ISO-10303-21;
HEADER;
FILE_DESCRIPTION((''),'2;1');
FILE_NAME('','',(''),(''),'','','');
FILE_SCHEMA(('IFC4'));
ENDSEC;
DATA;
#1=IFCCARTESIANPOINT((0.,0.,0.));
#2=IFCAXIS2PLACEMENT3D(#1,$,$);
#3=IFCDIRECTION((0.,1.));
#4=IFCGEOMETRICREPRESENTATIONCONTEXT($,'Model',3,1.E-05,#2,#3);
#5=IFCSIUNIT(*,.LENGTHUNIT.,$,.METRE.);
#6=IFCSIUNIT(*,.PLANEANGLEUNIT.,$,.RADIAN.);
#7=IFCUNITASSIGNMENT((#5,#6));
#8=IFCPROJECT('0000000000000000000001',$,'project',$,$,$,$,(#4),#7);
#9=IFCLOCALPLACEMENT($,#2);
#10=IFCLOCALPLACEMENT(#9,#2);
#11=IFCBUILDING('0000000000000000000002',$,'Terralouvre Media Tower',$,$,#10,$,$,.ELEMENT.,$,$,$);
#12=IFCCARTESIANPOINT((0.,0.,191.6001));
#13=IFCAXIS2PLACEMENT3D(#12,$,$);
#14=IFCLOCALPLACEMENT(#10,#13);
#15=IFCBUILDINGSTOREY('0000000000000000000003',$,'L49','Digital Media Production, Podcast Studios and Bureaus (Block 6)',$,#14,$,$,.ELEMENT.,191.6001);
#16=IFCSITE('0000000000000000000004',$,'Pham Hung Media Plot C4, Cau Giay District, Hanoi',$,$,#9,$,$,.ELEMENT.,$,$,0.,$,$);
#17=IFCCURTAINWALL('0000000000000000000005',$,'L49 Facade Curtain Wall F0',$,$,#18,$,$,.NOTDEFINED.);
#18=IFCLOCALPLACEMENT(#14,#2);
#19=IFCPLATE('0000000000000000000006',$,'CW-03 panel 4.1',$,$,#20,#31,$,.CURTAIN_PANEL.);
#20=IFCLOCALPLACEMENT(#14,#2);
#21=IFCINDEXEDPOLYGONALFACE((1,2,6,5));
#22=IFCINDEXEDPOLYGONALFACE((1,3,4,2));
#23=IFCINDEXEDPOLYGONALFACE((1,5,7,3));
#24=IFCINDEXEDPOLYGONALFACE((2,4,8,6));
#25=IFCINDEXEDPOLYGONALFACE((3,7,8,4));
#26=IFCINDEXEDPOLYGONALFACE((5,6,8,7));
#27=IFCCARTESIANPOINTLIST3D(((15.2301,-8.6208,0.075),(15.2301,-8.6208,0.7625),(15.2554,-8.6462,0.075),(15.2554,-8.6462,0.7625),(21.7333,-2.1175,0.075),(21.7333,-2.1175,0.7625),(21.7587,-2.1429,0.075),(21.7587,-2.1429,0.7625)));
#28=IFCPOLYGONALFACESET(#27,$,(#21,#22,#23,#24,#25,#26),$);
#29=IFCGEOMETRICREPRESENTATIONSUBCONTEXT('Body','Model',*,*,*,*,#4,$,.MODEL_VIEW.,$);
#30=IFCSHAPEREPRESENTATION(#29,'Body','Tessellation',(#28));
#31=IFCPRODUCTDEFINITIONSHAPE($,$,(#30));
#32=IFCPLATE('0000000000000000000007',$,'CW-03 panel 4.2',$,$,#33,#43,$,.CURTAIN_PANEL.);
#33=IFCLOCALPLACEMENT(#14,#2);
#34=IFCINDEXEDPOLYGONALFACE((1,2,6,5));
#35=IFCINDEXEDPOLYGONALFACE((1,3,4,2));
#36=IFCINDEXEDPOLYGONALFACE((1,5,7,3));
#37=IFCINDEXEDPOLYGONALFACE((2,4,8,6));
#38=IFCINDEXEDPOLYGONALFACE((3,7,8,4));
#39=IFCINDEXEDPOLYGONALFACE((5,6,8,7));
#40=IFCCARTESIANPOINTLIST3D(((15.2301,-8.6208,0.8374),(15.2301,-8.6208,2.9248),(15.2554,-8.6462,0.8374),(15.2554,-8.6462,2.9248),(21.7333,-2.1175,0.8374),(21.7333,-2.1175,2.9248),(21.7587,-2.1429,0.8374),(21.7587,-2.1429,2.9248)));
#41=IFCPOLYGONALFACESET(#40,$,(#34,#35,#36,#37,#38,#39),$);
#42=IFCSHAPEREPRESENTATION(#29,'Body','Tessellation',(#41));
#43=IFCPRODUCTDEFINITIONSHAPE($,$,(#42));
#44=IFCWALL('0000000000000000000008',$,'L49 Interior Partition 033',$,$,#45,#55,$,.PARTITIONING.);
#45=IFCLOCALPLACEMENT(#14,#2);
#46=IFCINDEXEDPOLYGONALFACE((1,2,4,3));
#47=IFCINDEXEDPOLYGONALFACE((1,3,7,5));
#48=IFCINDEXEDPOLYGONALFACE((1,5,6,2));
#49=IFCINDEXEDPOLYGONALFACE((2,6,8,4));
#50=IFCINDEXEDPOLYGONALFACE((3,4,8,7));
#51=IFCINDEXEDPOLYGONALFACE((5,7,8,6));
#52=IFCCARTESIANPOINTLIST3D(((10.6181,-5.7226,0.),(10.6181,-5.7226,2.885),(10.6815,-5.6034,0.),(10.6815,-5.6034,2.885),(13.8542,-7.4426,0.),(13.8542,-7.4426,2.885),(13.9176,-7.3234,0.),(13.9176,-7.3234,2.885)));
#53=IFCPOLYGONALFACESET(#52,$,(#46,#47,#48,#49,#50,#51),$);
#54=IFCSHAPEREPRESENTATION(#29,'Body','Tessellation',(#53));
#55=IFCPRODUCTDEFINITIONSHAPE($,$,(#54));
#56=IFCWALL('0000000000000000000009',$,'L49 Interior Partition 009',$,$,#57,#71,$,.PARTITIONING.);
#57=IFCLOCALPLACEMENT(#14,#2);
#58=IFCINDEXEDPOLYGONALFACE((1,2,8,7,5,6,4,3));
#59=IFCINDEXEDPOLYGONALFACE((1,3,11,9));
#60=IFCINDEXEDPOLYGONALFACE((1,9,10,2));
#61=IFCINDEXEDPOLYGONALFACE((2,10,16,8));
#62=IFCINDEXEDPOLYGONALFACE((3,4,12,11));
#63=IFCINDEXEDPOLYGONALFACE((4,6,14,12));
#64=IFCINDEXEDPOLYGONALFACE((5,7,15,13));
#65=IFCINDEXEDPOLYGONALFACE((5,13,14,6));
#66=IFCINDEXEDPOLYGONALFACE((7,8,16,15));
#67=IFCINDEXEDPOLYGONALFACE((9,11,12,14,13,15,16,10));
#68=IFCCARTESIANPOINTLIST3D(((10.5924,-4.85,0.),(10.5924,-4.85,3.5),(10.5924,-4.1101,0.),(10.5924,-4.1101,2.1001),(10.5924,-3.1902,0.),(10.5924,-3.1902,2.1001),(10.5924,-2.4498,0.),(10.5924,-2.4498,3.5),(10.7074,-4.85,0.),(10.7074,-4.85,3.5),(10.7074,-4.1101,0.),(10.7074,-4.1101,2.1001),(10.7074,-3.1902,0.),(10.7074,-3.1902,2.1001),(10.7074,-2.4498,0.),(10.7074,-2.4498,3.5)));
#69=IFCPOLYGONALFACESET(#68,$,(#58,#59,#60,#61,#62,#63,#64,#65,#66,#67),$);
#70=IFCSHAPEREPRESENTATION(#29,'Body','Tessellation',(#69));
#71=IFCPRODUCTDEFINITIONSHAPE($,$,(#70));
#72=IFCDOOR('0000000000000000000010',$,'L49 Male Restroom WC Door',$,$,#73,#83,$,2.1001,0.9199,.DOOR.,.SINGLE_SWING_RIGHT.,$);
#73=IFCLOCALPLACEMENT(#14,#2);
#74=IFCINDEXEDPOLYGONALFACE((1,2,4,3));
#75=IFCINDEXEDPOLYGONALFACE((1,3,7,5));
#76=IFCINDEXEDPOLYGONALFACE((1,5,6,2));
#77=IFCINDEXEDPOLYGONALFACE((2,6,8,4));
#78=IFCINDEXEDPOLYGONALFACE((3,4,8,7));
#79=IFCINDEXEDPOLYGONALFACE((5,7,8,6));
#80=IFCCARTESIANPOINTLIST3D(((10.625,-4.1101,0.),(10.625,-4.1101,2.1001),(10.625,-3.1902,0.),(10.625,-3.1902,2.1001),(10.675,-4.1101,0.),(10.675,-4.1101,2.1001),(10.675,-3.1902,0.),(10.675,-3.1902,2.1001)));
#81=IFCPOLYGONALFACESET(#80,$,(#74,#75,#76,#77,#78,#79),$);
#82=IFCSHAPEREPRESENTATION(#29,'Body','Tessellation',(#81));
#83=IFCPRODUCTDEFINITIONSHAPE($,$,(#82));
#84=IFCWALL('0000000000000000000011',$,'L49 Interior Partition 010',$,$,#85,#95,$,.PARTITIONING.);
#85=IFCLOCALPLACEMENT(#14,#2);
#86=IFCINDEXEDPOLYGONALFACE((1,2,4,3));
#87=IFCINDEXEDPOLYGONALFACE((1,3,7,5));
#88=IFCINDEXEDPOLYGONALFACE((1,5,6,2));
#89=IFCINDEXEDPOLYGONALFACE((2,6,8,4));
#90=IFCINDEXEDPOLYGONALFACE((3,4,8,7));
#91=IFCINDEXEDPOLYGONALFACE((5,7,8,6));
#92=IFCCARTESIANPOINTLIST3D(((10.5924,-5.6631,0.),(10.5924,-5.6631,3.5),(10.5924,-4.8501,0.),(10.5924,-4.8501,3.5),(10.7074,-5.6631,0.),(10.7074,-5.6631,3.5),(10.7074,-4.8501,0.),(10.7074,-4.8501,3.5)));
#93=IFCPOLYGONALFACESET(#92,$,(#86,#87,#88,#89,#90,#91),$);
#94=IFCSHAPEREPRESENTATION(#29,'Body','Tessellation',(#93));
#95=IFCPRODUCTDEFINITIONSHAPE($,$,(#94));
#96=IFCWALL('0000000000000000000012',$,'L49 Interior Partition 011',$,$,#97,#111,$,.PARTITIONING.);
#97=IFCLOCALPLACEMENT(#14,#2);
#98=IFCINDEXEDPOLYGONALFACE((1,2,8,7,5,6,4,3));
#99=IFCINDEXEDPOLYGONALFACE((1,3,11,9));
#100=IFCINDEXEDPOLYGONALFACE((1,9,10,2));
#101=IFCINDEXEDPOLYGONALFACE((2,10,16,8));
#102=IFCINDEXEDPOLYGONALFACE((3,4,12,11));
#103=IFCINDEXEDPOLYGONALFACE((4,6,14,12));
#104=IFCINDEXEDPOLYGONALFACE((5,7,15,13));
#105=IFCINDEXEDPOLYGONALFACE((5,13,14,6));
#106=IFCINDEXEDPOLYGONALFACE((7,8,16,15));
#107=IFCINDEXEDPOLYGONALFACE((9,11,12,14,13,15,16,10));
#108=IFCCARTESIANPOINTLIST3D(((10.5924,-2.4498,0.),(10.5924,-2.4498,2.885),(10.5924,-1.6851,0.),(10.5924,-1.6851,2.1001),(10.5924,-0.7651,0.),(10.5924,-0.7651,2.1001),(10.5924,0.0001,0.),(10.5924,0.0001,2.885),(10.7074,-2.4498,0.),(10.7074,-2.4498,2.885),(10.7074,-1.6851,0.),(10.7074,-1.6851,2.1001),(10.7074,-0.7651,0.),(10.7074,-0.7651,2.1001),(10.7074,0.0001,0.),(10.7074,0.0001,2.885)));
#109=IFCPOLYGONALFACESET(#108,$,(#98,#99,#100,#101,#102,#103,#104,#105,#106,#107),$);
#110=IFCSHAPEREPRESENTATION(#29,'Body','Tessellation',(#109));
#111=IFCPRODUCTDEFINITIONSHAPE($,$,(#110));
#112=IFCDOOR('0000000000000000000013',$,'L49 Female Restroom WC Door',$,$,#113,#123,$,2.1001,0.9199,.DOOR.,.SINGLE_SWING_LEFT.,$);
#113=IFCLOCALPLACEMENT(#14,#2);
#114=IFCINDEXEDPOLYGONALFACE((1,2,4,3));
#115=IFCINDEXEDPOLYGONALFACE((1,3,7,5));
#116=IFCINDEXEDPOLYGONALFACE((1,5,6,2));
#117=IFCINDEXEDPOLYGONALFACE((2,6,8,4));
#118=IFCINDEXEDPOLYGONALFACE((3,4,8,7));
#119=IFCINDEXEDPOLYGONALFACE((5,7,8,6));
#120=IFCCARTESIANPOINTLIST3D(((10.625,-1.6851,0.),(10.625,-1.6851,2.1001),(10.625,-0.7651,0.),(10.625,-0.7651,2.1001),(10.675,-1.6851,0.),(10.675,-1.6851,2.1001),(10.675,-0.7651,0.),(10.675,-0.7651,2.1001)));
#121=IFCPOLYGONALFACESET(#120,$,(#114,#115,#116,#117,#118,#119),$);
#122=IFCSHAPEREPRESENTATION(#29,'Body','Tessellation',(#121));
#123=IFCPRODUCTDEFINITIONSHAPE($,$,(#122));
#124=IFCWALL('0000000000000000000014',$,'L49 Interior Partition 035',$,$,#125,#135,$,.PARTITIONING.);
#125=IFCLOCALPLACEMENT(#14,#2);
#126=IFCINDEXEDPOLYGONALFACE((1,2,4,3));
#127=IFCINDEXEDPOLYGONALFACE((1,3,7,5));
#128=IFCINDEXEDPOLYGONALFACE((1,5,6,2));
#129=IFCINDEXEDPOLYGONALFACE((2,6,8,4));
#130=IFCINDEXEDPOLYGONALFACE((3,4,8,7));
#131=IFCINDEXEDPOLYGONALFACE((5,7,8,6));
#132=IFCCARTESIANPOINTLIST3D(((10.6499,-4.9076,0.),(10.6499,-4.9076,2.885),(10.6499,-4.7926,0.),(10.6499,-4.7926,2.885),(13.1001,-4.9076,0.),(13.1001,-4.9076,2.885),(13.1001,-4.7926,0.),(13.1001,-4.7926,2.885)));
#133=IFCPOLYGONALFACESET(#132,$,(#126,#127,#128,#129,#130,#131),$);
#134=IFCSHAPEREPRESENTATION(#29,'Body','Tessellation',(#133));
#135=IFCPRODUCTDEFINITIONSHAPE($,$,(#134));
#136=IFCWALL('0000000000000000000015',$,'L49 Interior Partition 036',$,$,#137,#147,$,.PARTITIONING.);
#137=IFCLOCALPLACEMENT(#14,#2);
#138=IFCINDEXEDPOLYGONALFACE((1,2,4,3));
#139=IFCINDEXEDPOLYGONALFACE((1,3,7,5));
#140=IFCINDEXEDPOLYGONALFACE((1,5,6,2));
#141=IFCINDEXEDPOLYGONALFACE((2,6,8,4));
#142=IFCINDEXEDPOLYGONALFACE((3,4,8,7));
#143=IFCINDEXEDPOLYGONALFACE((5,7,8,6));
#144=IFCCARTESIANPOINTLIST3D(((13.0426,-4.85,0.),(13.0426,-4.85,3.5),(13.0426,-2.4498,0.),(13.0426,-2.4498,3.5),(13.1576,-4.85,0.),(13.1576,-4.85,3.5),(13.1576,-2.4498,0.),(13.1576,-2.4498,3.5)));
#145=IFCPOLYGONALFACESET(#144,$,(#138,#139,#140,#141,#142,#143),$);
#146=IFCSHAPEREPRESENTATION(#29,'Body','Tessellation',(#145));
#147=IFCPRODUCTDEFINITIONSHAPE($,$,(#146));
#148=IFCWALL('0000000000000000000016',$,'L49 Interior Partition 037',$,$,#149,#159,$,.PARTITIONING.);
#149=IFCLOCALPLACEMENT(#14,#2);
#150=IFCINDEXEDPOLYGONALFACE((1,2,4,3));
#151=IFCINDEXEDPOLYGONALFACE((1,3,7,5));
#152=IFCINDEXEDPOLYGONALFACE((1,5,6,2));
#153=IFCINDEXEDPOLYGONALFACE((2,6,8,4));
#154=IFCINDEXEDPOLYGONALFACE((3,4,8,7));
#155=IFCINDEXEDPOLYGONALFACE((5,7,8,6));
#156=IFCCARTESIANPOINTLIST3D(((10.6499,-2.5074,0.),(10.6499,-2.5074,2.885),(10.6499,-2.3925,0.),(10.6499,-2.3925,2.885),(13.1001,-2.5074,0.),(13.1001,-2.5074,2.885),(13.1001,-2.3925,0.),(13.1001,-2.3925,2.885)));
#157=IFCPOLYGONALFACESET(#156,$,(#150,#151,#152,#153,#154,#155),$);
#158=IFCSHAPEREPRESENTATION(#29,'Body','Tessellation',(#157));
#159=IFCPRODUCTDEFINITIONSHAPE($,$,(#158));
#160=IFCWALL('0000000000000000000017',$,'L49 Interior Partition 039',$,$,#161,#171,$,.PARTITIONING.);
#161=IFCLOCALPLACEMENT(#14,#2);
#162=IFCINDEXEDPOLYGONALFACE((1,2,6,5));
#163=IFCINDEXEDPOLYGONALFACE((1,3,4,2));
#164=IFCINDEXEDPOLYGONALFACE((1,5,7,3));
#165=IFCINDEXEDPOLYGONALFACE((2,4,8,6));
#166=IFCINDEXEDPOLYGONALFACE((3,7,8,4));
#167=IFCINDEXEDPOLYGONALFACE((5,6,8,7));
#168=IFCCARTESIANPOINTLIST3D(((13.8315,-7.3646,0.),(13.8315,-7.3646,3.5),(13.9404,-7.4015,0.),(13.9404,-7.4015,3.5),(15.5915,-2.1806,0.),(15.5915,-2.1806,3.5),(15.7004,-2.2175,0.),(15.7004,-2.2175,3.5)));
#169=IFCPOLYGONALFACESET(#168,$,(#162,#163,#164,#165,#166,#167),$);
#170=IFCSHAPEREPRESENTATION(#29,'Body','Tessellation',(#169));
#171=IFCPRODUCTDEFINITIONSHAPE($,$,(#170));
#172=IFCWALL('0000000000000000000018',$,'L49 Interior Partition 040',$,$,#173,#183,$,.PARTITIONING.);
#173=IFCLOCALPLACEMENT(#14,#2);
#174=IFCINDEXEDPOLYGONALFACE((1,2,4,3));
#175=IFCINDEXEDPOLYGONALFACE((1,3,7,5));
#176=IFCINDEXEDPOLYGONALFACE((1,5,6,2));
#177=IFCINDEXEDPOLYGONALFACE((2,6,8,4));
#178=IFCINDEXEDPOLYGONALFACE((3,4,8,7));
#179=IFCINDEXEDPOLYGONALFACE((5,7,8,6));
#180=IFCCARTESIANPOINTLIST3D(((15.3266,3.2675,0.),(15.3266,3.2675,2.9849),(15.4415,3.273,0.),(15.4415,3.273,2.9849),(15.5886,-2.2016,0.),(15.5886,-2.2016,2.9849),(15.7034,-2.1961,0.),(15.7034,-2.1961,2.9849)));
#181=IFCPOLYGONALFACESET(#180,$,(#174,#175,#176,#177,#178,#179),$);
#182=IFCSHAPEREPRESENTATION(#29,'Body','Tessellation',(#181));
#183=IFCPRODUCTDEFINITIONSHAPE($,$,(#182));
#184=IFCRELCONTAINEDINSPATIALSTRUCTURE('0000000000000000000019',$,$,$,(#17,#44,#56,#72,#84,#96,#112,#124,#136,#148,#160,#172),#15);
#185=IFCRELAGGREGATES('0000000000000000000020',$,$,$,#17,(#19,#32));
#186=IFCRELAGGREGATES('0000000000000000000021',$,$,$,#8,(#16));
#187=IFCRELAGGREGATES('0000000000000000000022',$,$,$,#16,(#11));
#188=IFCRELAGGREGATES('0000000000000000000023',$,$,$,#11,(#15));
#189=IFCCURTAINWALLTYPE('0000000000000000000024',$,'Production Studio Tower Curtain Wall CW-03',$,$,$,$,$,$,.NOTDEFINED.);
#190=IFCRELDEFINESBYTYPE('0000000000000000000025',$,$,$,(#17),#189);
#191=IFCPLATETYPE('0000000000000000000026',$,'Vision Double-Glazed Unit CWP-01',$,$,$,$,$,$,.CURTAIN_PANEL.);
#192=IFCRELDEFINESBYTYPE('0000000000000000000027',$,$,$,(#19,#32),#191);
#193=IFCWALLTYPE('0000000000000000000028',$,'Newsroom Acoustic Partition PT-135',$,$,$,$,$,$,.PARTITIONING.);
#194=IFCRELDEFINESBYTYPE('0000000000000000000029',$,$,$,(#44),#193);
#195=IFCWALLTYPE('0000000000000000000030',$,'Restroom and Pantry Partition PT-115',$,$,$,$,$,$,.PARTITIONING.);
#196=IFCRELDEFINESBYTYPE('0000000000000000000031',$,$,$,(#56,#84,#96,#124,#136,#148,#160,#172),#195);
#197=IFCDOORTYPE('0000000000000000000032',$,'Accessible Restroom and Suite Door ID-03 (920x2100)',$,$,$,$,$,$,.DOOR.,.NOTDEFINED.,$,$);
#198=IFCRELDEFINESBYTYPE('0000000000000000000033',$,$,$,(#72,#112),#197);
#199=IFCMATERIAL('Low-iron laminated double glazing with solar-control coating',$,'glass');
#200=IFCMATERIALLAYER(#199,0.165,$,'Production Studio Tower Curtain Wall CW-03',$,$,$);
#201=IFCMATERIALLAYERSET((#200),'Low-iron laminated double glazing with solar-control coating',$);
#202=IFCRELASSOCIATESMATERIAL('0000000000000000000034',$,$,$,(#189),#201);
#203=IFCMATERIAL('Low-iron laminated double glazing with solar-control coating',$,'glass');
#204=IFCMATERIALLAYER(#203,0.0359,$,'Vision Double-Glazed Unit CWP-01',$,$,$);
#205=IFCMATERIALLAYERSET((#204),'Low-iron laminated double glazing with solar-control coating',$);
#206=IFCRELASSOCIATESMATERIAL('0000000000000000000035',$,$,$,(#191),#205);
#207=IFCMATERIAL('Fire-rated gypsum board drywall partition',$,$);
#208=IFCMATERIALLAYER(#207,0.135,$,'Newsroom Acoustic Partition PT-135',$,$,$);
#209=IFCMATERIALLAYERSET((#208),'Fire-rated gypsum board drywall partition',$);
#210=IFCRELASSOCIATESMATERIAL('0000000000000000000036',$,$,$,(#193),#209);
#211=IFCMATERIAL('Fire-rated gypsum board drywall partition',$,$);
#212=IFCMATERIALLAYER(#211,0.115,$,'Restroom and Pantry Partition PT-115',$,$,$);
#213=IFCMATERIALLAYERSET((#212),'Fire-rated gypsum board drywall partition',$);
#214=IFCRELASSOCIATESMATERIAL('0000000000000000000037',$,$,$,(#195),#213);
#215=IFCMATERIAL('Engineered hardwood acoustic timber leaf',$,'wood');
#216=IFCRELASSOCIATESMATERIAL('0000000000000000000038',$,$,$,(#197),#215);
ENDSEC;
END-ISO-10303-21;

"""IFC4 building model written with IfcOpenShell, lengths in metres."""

from ifc_helpers import new_model, si_unit, direction, frame, frame_2d, origin, origin_2d, place, context, subcontext, project, spatial, rectangle, extrude, material, layer, layer_set, type_object, element, fill, aggregate, save


model = new_model("IFC4")

# Units and contexts
model_context = context("Model", 3, precision=1e-05, world=origin(), true_north=direction((0.0, 1.0)))
body_context = subcontext(model_context, "Body", "Model", "MODEL_VIEW")
ifc_project = project(units=[si_unit("LENGTHUNIT", "METRE"), si_unit("PLANEANGLEUNIT", "RADIAN")], contexts=[model_context])

# Site, building, storey
site_placement = place(None, origin())
site = spatial("IfcSite", under=ifc_project, at=site_placement, Name="Pham Hung Media Plot C4, Cau Giay District, Hanoi", CompositionType="ELEMENT", RefElevation=0.0)
building_placement = place(site_placement, origin())
building = spatial("IfcBuilding", under=site, at=building_placement, Name="Terralouvre Media Tower", CompositionType="ELEMENT")
storey_placement = place(building_placement, frame((0.0, 0.0, 191.6001)))
storey = spatial("IfcBuildingStorey", under=building, at=storey_placement, Name="L49", Description="Digital Media Production, Podcast Studios and Bureaus (Block 6)", CompositionType="ELEMENT", Elevation=191.6001)

# Curtain wall
ifc_material_1 = material(Name="Low-iron laminated double glazing with solar-control coating", Category="glass")
ifc_layer_1 = layer(ifc_material_1, 0.165, Name="Production Studio Tower Curtain Wall CW-03")
ifc_layer_set_1 = layer_set([ifc_layer_1], Name="Low-iron laminated double glazing with solar-control coating")
curtain_wall_type = type_object("IfcCurtainWallType", Name="Production Studio Tower Curtain Wall CW-03", PredefinedType="NOTDEFINED", material=ifc_layer_set_1)
curtain_wall_placement = place(storey_placement, origin())
curtain_wall = element("IfcCurtainWall", 1, at=curtain_wall_placement, inside=storey, type_object=curtain_wall_type, Name="L49 Facade Curtain Wall F0", PredefinedType="NOTDEFINED")

# Plates
ifc_material_2 = material(Name="Low-iron laminated double glazing with solar-control coating", Category="glass")
ifc_layer_2 = layer(ifc_material_2, 0.0359, Name="Vision Double-Glazed Unit CWP-01")
ifc_layer_set_2 = layer_set([ifc_layer_2], Name="Low-iron laminated double glazing with solar-control coating")
plate_type = type_object("IfcPlateType", Name="Vision Double-Glazed Unit CWP-01", PredefinedType="CURTAIN_PANEL", material=ifc_layer_set_2)
plate_1_placement = place(storey_placement, frame((18.4944, -5.3818, 0.075), z_axis=(0.0, 0.0, 1.0), x_axis=(0.707107, 0.707107, 0.0)))
plate_1 = element("IfcPlate", 2, at=plate_1_placement, type_object=plate_type, Name="CW-03 panel 4.1", PredefinedType="CURTAIN_PANEL", context=body_context, shape_type="SweptSolid", body=[
    extrude(rectangle(XDim=9.197, YDim=0.0359, at=origin_2d()), origin(), (0.0, 0.0, 1.0), 0.6875),
])
plate_2_placement = place(storey_placement, frame((18.4944, -5.3818, 0.8374), z_axis=(0.0, 0.0, 1.0), x_axis=(0.707107, 0.707107, 0.0)))
plate_2 = element("IfcPlate", 3, at=plate_2_placement, type_object=plate_type, Name="CW-03 panel 4.2", PredefinedType="CURTAIN_PANEL", context=body_context, shape_type="SweptSolid", body=[
    extrude(rectangle(XDim=9.197, YDim=0.0359, at=origin_2d()), origin(), (0.0, 0.0, 1.0), 2.0874),
])
aggregate(curtain_wall, [plate_1, plate_2])

# Wall
ifc_material_3 = material(Name="Fire-rated gypsum board drywall partition")
ifc_layer_3 = layer(ifc_material_3, 0.135, Name="Newsroom Acoustic Partition PT-135")
ifc_layer_set_3 = layer_set([ifc_layer_3], Name="Fire-rated gypsum board drywall partition")
wall_type_1 = type_object("IfcWallType", Name="Newsroom Acoustic Partition PT-135", PredefinedType="PARTITIONING", material=ifc_layer_set_3)
wall_1_placement = place(storey_placement, frame((13.886, -7.3831, 0.0), z_axis=(0.0, 0.0, 1.0), x_axis=(-0.883025, 0.469326, 0.0)))
element("IfcWall", 4, at=wall_1_placement, inside=storey, type_object=wall_type_1, Name="L49 Interior Partition 033", PredefinedType="PARTITIONING", context=body_context, shape_type="SweptSolid", body=[
    extrude(rectangle(XDim=3.6648, YDim=0.135, at=frame_2d((1.8325, 0.0))), origin(), (0.0, 0.0, 1.0), 2.885),
])

# Wall, opening, door
ifc_material_4 = material(Name="Fire-rated gypsum board drywall partition")
ifc_layer_4 = layer(ifc_material_4, 0.115, Name="Restroom and Pantry Partition PT-115")
ifc_layer_set_4 = layer_set([ifc_layer_4], Name="Fire-rated gypsum board drywall partition")
wall_type_2 = type_object("IfcWallType", Name="Restroom and Pantry Partition PT-115", PredefinedType="PARTITIONING", material=ifc_layer_set_4)
wall_2_placement = place(storey_placement, frame((10.6499, -4.8501, 0.0), z_axis=(0.0, 0.0, 1.0), x_axis=(0.0, 1.0, 0.0)))
wall_2 = element("IfcWall", 5, at=wall_2_placement, inside=storey, type_object=wall_type_2, Name="L49 Interior Partition 009", PredefinedType="PARTITIONING", context=body_context, shape_type="SweptSolid", body=[
    extrude(rectangle(XDim=2.4001, YDim=0.115, at=frame_2d((1.2002, 0.0))), origin(), (0.0, 0.0, 1.0), 3.5),
])
opening_1_placement = place(wall_2_placement, frame((0.74, 0.0, 0.0)))
opening_1 = element("IfcOpeningElement", 6, at=opening_1_placement, cuts=wall_2, PredefinedType="OPENING", context=body_context, shape_type="SweptSolid", body=[
    extrude(rectangle(XDim=0.9199, YDim=2.1001, at=frame_2d((0.46, 1.05))), frame((0.0, 0.0674, 0.0), z_axis=(0.0, -1.0, 0.0), x_axis=(1.0, 0.0, 0.0)), (0.0, 0.0, 1.0), 0.135),
])
ifc_material_5 = material(Name="Engineered hardwood acoustic timber leaf", Category="wood")
door_type = type_object("IfcDoorType", Name="Accessible Restroom and Suite Door ID-03 (920x2100)", OperationType="NOTDEFINED", PredefinedType="DOOR", material=ifc_material_5)
door_1_placement = place(opening_1_placement, origin())
door_1 = element("IfcDoor", 7, at=door_1_placement, inside=storey, type_object=door_type, Name="L49 Male Restroom WC Door", OperationType="SINGLE_SWING_RIGHT", OverallHeight=2.1001, OverallWidth=0.9199, PredefinedType="DOOR", context=body_context, shape_type="SweptSolid", body=[
    extrude(rectangle(XDim=0.9199, YDim=2.1001, at=frame_2d((0.46, 1.05))), frame((0.0, 0.0249, 0.0), z_axis=(0.0, -1.0, 0.0), x_axis=(1.0, 0.0, 0.0)), (0.0, 0.0, 1.0), 0.05),
])
fill(opening_1, door_1)

# Wall
wall_3_placement = place(storey_placement, frame((10.6499, -5.6631, 0.0), z_axis=(0.0, 0.0, 1.0), x_axis=(0.0, 1.0, 0.0)))
element("IfcWall", 8, at=wall_3_placement, inside=storey, type_object=wall_type_2, Name="L49 Interior Partition 010", PredefinedType="PARTITIONING", context=body_context, shape_type="SweptSolid", body=[
    extrude(rectangle(XDim=0.813, YDim=0.115, at=frame_2d((0.4065, 0.0))), origin(), (0.0, 0.0, 1.0), 3.5),
])

# Wall, opening, door
wall_4_placement = place(storey_placement, frame((10.6499, -2.45, 0.0), z_axis=(0.0, 0.0, 1.0), x_axis=(0.0, 1.0, 0.0)))
wall_4 = element("IfcWall", 9, at=wall_4_placement, inside=storey, type_object=wall_type_2, Name="L49 Interior Partition 011", PredefinedType="PARTITIONING", context=body_context, shape_type="SweptSolid", body=[
    extrude(rectangle(XDim=2.45, YDim=0.115, at=frame_2d((1.2251, 0.0))), origin(), (0.0, 0.0, 1.0), 2.885),
])
opening_2_placement = place(wall_4_placement, frame((0.7649, 0.0, 0.0)))
opening_2 = element("IfcOpeningElement", 10, at=opening_2_placement, cuts=wall_4, PredefinedType="OPENING", context=body_context, shape_type="SweptSolid", body=[
    extrude(rectangle(XDim=0.9199, YDim=2.1001, at=frame_2d((0.46, 1.05))), frame((0.0, 0.0674, 0.0), z_axis=(0.0, -1.0, 0.0), x_axis=(1.0, 0.0, 0.0)), (0.0, 0.0, 1.0), 0.135),
])
door_2_placement = place(opening_2_placement, origin())
door_2 = element("IfcDoor", 11, at=door_2_placement, inside=storey, type_object=door_type, Name="L49 Female Restroom WC Door", OperationType="SINGLE_SWING_LEFT", OverallHeight=2.1001, OverallWidth=0.9199, PredefinedType="DOOR", context=body_context, shape_type="SweptSolid", body=[
    extrude(rectangle(XDim=0.9199, YDim=2.1001, at=frame_2d((0.46, 1.05))), frame((0.0, 0.0249, 0.0), z_axis=(0.0, -1.0, 0.0), x_axis=(1.0, 0.0, 0.0)), (0.0, 0.0, 1.0), 0.05),
])
fill(opening_2, door_2)

# Walls
wall_5_placement = place(storey_placement, frame((10.6499, -4.8501, 0.0), z_axis=(0.0, 0.0, 1.0), x_axis=(1.0, 0.0, 0.0)))
element("IfcWall", 12, at=wall_5_placement, inside=storey, type_object=wall_type_2, Name="L49 Interior Partition 035", PredefinedType="PARTITIONING", context=body_context, shape_type="SweptSolid", body=[
    extrude(rectangle(XDim=2.4502, YDim=0.115, at=frame_2d((1.2251, 0.0))), origin(), (0.0, 0.0, 1.0), 2.885),
])
wall_6_placement = place(storey_placement, frame((13.1001, -4.8501, 0.0), z_axis=(0.0, 0.0, 1.0), x_axis=(0.0, 1.0, 0.0)))
element("IfcWall", 13, at=wall_6_placement, inside=storey, type_object=wall_type_2, Name="L49 Interior Partition 036", PredefinedType="PARTITIONING", context=body_context, shape_type="SweptSolid", body=[
    extrude(rectangle(XDim=2.4001, YDim=0.115, at=frame_2d((1.2002, 0.0))), origin(), (0.0, 0.0, 1.0), 3.5),
])
wall_7_placement = place(storey_placement, frame((13.1001, -2.45, 0.0), z_axis=(0.0, 0.0, 1.0), x_axis=(-1.0, 0.0, 0.0)))
element("IfcWall", 14, at=wall_7_placement, inside=storey, type_object=wall_type_2, Name="L49 Interior Partition 037", PredefinedType="PARTITIONING", context=body_context, shape_type="SweptSolid", body=[
    extrude(rectangle(XDim=2.4502, YDim=0.115, at=frame_2d((1.2251, 0.0))), origin(), (0.0, 0.0, 1.0), 2.885),
])
wall_8_placement = place(storey_placement, frame((13.886, -7.3831, 0.0), z_axis=(0.0, 0.0, 1.0), x_axis=(0.321481, 0.946916, 0.0)))
element("IfcWall", 15, at=wall_8_placement, inside=storey, type_object=wall_type_2, Name="L49 Interior Partition 039", PredefinedType="PARTITIONING", context=body_context, shape_type="SweptSolid", body=[
    extrude(rectangle(XDim=5.4746, YDim=0.115, at=frame_2d((2.7373, 0.0))), origin(), (0.0, 0.0, 1.0), 3.5),
])
wall_9_placement = place(storey_placement, frame((15.646, -2.199, 0.0), z_axis=(0.0, 0.0, 1.0), x_axis=(-0.047845, 0.998855, 0.0)))
element("IfcWall", 16, at=wall_9_placement, inside=storey, type_object=wall_type_2, Name="L49 Interior Partition 040", PredefinedType="PARTITIONING", context=body_context, shape_type="SweptSolid", body=[
    extrude(rectangle(XDim=5.4753, YDim=0.115, at=frame_2d((2.7378, 0.0))), origin(), (0.0, 0.0, 1.0), 2.9849),
])

save(model, "model.ifc")
